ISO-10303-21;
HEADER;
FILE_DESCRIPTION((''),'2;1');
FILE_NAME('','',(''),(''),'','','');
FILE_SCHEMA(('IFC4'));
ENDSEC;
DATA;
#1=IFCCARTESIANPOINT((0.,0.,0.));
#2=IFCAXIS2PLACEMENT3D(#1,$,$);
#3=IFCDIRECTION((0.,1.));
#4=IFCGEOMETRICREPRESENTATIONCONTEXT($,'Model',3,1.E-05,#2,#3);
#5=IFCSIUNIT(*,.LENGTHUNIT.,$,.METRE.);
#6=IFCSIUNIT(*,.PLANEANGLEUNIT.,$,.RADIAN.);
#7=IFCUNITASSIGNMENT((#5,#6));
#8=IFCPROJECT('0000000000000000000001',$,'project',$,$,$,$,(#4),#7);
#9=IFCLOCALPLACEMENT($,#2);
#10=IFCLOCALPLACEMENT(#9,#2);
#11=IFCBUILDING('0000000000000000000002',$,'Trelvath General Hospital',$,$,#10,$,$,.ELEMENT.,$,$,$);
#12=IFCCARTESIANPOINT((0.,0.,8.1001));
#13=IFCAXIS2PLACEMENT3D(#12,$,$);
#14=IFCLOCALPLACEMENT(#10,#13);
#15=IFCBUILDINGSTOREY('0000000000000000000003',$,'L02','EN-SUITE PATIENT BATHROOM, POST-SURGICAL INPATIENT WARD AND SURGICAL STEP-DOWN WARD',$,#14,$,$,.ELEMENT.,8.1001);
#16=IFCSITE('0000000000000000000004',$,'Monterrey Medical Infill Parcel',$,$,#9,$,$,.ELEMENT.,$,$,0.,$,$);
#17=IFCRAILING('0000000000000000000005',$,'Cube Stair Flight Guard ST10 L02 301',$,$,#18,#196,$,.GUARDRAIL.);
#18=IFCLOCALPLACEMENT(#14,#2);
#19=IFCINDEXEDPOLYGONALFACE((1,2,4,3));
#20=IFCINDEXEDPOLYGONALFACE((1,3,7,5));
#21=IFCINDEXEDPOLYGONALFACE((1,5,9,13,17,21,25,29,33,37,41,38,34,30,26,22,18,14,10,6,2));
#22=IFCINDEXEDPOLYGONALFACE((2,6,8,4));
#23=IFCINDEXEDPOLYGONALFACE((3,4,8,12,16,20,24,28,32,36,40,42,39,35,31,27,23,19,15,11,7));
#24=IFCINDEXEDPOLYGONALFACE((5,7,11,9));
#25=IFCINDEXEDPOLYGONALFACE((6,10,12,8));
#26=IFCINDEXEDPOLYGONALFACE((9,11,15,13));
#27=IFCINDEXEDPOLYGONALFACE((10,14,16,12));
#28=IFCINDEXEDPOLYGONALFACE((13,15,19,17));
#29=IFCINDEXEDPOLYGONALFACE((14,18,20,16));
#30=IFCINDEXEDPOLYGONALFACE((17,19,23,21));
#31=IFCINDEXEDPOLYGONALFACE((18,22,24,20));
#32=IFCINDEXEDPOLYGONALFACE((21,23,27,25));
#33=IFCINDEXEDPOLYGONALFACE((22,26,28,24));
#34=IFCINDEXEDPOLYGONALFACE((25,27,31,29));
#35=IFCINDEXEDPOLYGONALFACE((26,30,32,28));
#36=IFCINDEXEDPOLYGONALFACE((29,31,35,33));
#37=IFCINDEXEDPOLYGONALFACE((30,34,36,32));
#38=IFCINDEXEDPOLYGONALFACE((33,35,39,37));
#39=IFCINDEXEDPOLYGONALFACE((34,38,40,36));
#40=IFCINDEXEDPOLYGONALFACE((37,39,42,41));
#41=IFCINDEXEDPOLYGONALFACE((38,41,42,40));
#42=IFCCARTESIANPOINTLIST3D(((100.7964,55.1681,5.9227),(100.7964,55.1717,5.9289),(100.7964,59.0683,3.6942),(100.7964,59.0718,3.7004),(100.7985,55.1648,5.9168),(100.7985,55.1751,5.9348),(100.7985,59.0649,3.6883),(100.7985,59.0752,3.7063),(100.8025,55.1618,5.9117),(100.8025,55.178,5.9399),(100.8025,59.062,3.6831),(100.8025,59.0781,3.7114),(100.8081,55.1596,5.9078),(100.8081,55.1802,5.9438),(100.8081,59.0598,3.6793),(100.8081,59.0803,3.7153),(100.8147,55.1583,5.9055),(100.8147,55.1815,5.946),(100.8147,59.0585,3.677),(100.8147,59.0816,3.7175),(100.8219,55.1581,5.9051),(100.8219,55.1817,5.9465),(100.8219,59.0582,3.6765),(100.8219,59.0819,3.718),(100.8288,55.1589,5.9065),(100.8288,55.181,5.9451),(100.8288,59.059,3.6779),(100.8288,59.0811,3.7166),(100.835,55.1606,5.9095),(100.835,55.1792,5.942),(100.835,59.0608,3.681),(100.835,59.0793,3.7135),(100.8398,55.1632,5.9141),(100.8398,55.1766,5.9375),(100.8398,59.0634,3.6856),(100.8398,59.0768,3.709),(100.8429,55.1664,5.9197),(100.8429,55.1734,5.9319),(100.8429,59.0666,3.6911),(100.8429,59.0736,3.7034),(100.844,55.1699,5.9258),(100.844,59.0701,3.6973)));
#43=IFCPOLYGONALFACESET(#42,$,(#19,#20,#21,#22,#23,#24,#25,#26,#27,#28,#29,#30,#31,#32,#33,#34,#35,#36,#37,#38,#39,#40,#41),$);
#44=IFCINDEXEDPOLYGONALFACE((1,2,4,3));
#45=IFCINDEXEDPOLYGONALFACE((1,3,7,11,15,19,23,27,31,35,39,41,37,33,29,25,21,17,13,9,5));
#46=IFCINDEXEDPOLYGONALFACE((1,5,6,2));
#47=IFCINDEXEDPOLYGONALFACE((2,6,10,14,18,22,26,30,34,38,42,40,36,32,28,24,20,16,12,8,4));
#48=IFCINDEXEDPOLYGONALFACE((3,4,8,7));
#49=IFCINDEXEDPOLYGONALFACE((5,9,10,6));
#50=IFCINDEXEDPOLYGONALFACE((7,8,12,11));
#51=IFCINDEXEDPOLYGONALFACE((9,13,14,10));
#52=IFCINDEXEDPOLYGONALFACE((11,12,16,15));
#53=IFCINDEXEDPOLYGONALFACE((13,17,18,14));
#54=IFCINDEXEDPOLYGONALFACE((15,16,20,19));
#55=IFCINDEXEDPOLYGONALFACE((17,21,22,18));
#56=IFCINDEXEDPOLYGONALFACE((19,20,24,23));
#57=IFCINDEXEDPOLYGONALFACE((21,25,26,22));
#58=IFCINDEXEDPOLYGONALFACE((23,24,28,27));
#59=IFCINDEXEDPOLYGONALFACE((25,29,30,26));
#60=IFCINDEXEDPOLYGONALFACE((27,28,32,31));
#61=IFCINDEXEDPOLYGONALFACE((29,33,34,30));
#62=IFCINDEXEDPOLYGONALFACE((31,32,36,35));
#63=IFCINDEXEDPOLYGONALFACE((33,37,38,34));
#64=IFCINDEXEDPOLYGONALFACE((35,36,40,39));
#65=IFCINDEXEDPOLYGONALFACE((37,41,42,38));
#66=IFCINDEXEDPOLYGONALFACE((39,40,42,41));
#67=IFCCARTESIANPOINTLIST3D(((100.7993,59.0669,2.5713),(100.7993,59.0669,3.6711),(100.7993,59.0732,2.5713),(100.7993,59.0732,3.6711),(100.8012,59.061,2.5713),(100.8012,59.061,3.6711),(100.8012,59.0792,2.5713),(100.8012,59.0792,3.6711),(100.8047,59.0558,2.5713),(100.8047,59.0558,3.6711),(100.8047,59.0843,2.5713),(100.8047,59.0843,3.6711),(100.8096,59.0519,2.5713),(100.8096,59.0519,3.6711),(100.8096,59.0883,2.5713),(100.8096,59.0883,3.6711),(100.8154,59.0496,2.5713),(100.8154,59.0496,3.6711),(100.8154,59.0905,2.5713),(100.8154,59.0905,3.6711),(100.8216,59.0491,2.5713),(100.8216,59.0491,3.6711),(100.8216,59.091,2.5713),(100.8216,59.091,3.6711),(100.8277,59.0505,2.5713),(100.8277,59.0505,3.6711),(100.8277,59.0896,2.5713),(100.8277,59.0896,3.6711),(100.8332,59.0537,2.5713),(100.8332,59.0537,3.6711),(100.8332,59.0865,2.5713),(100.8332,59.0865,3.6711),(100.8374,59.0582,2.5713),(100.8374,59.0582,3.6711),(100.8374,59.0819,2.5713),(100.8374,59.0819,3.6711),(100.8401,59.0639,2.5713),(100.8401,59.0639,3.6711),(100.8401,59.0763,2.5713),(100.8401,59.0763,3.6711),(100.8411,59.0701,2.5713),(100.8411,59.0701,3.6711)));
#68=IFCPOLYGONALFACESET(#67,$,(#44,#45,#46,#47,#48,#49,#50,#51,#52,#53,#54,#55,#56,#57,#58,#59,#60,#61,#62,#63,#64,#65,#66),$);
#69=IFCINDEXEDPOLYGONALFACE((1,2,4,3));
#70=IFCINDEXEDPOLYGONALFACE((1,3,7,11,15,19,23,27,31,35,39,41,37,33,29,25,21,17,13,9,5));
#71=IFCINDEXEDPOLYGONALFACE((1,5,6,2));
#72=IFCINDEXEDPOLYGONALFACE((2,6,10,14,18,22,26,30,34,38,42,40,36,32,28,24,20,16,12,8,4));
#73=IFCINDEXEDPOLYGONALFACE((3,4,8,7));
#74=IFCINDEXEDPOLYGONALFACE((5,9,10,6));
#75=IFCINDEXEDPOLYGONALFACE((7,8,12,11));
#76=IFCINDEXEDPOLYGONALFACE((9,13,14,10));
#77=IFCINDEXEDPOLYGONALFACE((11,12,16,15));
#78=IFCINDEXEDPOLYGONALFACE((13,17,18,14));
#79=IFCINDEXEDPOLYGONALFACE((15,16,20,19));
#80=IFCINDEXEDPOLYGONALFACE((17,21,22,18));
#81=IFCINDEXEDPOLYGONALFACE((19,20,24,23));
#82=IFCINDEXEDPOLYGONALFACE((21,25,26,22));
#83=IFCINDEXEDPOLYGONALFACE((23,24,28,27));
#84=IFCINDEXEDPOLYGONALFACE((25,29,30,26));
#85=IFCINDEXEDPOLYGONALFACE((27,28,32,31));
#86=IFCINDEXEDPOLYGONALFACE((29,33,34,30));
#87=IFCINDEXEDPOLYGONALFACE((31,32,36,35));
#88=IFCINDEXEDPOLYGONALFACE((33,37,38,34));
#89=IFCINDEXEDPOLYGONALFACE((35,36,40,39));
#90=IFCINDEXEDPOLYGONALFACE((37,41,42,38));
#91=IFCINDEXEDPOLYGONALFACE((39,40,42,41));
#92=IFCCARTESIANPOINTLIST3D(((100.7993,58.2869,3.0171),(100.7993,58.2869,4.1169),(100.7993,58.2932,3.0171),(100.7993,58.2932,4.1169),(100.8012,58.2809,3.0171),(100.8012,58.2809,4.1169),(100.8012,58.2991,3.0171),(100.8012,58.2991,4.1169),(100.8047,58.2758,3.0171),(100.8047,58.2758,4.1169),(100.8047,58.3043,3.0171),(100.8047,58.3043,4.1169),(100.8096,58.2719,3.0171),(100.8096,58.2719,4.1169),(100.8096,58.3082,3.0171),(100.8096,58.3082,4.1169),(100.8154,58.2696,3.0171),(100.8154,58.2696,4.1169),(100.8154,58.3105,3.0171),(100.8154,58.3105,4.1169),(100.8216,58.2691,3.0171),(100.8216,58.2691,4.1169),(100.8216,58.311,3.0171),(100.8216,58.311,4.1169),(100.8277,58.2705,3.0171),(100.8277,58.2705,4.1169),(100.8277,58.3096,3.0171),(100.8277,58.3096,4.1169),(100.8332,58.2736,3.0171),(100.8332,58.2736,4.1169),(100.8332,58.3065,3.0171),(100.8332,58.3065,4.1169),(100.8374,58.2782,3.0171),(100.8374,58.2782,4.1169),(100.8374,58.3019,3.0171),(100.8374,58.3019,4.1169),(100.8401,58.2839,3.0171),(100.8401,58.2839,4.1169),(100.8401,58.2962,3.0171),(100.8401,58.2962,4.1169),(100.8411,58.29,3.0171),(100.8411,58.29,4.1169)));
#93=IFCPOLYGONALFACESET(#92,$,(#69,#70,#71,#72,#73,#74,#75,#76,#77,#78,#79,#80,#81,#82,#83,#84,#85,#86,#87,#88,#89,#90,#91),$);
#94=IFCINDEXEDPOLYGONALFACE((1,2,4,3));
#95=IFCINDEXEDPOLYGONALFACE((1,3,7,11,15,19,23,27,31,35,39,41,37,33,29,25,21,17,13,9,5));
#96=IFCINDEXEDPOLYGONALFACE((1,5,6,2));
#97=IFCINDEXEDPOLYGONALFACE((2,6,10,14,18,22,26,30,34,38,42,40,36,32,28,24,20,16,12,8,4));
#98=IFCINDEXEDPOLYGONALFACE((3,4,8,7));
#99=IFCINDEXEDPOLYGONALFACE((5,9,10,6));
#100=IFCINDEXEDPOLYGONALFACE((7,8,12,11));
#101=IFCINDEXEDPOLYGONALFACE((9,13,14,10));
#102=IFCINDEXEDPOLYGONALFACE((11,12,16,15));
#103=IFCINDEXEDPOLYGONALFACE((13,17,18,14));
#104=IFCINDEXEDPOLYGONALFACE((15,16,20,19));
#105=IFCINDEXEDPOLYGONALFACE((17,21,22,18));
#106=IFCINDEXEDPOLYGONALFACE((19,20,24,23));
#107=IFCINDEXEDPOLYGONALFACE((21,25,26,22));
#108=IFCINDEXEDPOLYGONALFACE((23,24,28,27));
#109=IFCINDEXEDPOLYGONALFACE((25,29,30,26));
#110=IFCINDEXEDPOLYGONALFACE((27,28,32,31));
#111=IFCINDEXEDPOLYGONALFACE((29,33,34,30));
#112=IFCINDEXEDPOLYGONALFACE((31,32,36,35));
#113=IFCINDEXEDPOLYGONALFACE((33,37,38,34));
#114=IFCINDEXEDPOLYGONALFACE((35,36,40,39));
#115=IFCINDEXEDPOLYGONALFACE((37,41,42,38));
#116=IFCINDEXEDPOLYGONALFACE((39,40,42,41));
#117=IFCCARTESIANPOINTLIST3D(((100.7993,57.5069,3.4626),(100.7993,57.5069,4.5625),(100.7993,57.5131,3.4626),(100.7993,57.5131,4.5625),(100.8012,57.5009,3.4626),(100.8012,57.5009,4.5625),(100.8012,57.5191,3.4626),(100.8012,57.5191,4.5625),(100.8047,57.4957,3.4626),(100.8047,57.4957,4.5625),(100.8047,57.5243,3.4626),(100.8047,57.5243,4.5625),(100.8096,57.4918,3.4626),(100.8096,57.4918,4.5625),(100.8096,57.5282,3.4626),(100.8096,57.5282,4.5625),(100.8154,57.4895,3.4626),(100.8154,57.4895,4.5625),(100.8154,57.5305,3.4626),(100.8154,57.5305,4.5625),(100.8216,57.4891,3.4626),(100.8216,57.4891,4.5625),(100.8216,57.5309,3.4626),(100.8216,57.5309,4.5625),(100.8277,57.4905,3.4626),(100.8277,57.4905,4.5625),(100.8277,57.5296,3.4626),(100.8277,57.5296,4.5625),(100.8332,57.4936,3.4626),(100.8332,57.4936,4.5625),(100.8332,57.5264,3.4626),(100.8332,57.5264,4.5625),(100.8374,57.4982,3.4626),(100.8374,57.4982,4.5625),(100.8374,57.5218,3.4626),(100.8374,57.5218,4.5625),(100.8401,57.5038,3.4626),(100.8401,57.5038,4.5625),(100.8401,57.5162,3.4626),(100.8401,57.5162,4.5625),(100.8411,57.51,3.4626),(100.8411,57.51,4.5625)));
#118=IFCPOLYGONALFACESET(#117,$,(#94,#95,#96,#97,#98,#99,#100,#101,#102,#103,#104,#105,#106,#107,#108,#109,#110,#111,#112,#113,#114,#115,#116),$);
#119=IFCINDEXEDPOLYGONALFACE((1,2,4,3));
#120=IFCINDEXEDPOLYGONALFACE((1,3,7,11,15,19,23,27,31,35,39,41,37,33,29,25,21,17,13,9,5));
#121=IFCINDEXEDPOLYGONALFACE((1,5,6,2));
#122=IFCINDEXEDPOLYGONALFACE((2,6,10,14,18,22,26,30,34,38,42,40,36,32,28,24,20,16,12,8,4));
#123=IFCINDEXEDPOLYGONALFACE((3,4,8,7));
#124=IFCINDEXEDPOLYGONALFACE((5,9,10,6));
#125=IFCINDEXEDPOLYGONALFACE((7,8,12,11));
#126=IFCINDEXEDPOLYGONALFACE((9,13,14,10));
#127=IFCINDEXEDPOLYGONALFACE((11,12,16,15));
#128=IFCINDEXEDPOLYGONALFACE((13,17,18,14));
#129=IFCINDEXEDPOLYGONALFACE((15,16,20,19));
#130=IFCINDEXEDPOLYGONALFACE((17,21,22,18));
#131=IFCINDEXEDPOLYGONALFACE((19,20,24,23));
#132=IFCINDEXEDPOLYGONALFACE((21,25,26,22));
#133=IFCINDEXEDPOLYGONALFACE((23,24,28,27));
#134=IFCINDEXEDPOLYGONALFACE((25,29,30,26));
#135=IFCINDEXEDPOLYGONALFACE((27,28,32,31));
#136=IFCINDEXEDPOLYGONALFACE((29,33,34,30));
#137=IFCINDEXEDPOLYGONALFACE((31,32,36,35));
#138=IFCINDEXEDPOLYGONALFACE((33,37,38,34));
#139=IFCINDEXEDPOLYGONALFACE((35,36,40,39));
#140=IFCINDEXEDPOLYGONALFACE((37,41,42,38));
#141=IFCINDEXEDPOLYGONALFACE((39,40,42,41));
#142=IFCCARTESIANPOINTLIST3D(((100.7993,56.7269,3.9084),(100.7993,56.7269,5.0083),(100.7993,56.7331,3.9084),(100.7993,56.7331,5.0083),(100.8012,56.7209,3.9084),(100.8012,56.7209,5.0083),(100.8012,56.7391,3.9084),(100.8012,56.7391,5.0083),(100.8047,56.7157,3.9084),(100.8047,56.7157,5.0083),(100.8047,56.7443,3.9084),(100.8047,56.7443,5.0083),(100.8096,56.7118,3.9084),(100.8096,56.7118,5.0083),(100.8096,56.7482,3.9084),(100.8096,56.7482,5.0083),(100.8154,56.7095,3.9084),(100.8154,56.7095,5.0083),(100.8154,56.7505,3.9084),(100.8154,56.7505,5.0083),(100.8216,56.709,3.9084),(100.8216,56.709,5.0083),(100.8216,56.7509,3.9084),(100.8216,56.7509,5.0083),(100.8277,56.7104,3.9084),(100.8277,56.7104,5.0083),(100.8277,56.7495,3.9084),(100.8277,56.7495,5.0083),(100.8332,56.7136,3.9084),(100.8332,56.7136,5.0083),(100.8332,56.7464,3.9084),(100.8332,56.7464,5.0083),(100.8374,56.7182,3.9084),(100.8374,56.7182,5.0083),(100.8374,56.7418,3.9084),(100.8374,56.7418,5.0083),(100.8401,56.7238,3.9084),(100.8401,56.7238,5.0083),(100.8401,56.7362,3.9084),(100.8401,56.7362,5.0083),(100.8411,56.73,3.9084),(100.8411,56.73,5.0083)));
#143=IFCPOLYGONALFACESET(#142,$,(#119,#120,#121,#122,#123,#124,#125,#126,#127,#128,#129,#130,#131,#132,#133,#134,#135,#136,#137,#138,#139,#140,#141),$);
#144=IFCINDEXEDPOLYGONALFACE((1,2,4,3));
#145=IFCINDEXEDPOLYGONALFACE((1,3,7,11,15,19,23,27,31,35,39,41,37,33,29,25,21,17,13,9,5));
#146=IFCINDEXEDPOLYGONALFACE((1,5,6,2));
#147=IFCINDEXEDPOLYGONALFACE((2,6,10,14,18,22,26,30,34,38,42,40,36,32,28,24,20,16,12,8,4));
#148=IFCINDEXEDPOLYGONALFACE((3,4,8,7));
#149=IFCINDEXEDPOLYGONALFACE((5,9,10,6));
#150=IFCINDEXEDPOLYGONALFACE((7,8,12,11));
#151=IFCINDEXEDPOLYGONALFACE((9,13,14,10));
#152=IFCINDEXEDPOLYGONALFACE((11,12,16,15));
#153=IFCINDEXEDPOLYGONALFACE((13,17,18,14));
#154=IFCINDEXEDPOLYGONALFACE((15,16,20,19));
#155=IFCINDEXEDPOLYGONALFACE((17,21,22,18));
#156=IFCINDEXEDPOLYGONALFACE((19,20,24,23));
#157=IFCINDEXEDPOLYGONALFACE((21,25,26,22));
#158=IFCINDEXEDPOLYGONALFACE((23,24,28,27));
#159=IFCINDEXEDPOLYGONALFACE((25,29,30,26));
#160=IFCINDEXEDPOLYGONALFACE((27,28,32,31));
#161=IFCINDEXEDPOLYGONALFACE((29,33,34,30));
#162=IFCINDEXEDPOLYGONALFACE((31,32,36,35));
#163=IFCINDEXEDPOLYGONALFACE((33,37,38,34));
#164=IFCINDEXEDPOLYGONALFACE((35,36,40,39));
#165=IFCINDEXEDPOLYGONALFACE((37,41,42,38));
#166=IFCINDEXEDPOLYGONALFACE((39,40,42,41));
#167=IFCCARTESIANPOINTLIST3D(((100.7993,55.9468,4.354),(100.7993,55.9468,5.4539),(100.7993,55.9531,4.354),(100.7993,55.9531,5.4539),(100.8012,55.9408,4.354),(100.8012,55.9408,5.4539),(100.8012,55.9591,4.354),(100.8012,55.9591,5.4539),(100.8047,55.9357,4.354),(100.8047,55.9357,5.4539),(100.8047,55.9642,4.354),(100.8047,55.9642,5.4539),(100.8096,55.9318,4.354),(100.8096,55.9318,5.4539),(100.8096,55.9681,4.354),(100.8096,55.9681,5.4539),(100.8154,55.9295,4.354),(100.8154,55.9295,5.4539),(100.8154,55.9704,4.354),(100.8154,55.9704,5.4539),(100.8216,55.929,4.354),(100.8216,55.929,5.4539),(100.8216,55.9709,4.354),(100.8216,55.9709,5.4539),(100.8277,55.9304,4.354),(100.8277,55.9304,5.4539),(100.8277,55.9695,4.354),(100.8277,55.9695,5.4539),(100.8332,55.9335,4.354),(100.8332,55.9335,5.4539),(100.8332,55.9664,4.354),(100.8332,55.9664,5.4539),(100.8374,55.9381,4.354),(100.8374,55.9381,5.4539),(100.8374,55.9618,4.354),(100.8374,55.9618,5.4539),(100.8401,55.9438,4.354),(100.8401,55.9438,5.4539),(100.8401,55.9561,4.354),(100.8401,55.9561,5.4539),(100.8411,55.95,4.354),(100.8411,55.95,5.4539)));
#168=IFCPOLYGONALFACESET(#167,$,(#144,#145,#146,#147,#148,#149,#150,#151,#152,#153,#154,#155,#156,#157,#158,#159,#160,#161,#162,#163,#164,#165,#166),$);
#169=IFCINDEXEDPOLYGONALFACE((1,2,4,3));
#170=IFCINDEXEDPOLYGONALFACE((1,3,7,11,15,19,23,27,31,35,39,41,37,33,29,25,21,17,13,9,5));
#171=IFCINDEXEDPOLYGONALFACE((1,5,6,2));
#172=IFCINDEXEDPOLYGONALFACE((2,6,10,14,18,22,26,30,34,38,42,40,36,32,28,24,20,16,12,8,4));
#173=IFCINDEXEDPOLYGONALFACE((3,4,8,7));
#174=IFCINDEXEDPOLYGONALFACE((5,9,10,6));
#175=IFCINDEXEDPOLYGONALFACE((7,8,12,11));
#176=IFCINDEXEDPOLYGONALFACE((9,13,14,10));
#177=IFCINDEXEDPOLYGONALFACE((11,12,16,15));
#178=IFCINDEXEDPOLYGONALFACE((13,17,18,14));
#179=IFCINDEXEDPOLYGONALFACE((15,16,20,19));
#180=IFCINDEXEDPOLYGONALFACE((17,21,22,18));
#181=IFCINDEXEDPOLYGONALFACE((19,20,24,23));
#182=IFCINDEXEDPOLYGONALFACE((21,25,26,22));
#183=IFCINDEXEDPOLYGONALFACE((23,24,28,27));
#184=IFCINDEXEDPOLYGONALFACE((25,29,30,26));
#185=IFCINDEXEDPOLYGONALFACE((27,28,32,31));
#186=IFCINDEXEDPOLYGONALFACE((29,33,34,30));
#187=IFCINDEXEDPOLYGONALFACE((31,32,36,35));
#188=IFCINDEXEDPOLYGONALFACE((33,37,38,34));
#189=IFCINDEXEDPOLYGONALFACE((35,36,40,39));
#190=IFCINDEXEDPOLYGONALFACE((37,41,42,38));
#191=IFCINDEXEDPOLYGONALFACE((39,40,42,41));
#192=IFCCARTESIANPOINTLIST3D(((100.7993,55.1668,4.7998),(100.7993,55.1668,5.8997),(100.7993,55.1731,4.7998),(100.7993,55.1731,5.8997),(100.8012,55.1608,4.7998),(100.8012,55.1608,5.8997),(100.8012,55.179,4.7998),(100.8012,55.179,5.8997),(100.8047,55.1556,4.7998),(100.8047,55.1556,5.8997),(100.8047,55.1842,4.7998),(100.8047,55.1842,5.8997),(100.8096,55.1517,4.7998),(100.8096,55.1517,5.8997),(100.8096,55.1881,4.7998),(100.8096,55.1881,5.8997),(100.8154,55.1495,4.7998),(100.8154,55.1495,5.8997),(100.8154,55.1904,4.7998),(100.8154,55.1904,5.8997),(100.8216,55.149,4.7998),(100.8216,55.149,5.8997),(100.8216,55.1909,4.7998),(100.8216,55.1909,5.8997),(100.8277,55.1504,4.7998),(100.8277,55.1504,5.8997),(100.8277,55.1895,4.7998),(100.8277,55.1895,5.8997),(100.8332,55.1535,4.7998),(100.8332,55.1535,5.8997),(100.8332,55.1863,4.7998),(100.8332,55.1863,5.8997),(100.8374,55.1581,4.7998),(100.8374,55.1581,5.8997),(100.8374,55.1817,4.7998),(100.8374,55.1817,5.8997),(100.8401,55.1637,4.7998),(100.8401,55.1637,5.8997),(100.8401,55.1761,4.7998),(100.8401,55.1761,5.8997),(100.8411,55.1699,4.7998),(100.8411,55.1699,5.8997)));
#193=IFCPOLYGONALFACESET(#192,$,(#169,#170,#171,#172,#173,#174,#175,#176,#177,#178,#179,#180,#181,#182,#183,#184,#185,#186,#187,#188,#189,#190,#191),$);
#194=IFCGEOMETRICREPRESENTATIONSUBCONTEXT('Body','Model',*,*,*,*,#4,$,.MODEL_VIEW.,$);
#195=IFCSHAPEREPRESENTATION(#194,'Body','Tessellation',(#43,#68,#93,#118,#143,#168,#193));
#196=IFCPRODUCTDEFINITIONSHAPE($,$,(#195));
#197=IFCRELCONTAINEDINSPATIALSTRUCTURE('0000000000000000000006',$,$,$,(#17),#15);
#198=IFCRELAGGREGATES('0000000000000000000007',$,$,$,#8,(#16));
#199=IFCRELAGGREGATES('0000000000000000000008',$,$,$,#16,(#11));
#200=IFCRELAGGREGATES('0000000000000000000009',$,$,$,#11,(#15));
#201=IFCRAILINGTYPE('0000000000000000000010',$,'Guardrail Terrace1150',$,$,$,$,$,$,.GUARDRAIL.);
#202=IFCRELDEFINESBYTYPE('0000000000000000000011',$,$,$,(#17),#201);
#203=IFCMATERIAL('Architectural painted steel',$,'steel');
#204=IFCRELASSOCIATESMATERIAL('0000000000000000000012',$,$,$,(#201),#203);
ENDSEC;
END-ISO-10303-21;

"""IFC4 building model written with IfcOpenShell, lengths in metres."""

from ifc_helpers import new_model, si_unit, direction, frame, origin, origin_2d, place, context, subcontext, project, spatial, circle, extrude, material, type_object, element, save


model = new_model("IFC4")

# Units and contexts
model_context = context("Model", 3, precision=1e-05, world=origin(), true_north=direction((0.0, 1.0)))
body_context = subcontext(model_context, "Body", "Model", "MODEL_VIEW")
ifc_project = project(units=[si_unit("LENGTHUNIT", "METRE"), si_unit("PLANEANGLEUNIT", "RADIAN")], contexts=[model_context])

# Site, building, storey
site_placement = place(None, origin())
site = spatial("IfcSite", under=ifc_project, at=site_placement, Name="Monterrey Medical Infill Parcel", CompositionType="ELEMENT", RefElevation=0.0)
building_placement = place(site_placement, origin())
building = spatial("IfcBuilding", under=site, at=building_placement, Name="Trelvath General Hospital", CompositionType="ELEMENT")
storey_placement = place(building_placement, frame((0.0, 0.0, 8.1001)))
storey = spatial("IfcBuildingStorey", under=building, at=storey_placement, Name="L02", Description="EN-SUITE PATIENT BATHROOM, POST-SURGICAL INPATIENT WARD AND SURGICAL STEP-DOWN WARD", CompositionType="ELEMENT", Elevation=8.1001)

# Railing
ifc_material_1 = material(Name="Architectural painted steel", Category="steel")
railing_type = type_object("IfcRailingType", Name="Guardrail Terrace1150", PredefinedType="GUARDRAIL", material=ifc_material_1)
for number, where, name in (
    (1, (100.8201, 59.0701, 2.5713), "Cube Stair Flight Guard ST10 L02 301"),
):
    element("IfcRailing", number, at=place(storey_placement, frame(where)), inside=storey, type_object=railing_type, Name=name, PredefinedType="GUARDRAIL", context=body_context, shape_type="SweptSolid", body=[
        extrude(circle(Radius=0.0239, at=origin_2d()), frame((0.0, 0.0, 1.126), z_axis=(0.0, -0.868257, 0.496116), x_axis=(1.0, 0.0, 0.0)), (0.0, 0.0, 1.0), 4.4919),
        extrude(circle(Radius=0.021, at=origin_2d()), origin(), (0.0, 0.0, 1.0), 1.0999),
        extrude(circle(Radius=0.021, at=origin_2d()), frame((0.0, -0.78, 0.4458)), (0.0, 0.0, 1.0), 1.0999),
        extrude(circle(Radius=0.021, at=origin_2d()), frame((0.0, -1.5601, 0.8914)), (0.0, 0.0, 1.0), 1.0999),
        extrude(circle(Radius=0.021, at=origin_2d()), frame((0.0, -2.3401, 1.3372)), (0.0, 0.0, 1.0), 1.0999),
        extrude(circle(Radius=0.021, at=origin_2d()), frame((0.0, -3.1201, 1.7827)), (0.0, 0.0, 1.0), 1.0999),
        extrude(circle(Radius=0.021, at=origin_2d()), frame((0.0, -3.9001, 2.2285)), (0.0, 0.0, 1.0), 1.0999),
    ])

save(model, "model.ifc")
